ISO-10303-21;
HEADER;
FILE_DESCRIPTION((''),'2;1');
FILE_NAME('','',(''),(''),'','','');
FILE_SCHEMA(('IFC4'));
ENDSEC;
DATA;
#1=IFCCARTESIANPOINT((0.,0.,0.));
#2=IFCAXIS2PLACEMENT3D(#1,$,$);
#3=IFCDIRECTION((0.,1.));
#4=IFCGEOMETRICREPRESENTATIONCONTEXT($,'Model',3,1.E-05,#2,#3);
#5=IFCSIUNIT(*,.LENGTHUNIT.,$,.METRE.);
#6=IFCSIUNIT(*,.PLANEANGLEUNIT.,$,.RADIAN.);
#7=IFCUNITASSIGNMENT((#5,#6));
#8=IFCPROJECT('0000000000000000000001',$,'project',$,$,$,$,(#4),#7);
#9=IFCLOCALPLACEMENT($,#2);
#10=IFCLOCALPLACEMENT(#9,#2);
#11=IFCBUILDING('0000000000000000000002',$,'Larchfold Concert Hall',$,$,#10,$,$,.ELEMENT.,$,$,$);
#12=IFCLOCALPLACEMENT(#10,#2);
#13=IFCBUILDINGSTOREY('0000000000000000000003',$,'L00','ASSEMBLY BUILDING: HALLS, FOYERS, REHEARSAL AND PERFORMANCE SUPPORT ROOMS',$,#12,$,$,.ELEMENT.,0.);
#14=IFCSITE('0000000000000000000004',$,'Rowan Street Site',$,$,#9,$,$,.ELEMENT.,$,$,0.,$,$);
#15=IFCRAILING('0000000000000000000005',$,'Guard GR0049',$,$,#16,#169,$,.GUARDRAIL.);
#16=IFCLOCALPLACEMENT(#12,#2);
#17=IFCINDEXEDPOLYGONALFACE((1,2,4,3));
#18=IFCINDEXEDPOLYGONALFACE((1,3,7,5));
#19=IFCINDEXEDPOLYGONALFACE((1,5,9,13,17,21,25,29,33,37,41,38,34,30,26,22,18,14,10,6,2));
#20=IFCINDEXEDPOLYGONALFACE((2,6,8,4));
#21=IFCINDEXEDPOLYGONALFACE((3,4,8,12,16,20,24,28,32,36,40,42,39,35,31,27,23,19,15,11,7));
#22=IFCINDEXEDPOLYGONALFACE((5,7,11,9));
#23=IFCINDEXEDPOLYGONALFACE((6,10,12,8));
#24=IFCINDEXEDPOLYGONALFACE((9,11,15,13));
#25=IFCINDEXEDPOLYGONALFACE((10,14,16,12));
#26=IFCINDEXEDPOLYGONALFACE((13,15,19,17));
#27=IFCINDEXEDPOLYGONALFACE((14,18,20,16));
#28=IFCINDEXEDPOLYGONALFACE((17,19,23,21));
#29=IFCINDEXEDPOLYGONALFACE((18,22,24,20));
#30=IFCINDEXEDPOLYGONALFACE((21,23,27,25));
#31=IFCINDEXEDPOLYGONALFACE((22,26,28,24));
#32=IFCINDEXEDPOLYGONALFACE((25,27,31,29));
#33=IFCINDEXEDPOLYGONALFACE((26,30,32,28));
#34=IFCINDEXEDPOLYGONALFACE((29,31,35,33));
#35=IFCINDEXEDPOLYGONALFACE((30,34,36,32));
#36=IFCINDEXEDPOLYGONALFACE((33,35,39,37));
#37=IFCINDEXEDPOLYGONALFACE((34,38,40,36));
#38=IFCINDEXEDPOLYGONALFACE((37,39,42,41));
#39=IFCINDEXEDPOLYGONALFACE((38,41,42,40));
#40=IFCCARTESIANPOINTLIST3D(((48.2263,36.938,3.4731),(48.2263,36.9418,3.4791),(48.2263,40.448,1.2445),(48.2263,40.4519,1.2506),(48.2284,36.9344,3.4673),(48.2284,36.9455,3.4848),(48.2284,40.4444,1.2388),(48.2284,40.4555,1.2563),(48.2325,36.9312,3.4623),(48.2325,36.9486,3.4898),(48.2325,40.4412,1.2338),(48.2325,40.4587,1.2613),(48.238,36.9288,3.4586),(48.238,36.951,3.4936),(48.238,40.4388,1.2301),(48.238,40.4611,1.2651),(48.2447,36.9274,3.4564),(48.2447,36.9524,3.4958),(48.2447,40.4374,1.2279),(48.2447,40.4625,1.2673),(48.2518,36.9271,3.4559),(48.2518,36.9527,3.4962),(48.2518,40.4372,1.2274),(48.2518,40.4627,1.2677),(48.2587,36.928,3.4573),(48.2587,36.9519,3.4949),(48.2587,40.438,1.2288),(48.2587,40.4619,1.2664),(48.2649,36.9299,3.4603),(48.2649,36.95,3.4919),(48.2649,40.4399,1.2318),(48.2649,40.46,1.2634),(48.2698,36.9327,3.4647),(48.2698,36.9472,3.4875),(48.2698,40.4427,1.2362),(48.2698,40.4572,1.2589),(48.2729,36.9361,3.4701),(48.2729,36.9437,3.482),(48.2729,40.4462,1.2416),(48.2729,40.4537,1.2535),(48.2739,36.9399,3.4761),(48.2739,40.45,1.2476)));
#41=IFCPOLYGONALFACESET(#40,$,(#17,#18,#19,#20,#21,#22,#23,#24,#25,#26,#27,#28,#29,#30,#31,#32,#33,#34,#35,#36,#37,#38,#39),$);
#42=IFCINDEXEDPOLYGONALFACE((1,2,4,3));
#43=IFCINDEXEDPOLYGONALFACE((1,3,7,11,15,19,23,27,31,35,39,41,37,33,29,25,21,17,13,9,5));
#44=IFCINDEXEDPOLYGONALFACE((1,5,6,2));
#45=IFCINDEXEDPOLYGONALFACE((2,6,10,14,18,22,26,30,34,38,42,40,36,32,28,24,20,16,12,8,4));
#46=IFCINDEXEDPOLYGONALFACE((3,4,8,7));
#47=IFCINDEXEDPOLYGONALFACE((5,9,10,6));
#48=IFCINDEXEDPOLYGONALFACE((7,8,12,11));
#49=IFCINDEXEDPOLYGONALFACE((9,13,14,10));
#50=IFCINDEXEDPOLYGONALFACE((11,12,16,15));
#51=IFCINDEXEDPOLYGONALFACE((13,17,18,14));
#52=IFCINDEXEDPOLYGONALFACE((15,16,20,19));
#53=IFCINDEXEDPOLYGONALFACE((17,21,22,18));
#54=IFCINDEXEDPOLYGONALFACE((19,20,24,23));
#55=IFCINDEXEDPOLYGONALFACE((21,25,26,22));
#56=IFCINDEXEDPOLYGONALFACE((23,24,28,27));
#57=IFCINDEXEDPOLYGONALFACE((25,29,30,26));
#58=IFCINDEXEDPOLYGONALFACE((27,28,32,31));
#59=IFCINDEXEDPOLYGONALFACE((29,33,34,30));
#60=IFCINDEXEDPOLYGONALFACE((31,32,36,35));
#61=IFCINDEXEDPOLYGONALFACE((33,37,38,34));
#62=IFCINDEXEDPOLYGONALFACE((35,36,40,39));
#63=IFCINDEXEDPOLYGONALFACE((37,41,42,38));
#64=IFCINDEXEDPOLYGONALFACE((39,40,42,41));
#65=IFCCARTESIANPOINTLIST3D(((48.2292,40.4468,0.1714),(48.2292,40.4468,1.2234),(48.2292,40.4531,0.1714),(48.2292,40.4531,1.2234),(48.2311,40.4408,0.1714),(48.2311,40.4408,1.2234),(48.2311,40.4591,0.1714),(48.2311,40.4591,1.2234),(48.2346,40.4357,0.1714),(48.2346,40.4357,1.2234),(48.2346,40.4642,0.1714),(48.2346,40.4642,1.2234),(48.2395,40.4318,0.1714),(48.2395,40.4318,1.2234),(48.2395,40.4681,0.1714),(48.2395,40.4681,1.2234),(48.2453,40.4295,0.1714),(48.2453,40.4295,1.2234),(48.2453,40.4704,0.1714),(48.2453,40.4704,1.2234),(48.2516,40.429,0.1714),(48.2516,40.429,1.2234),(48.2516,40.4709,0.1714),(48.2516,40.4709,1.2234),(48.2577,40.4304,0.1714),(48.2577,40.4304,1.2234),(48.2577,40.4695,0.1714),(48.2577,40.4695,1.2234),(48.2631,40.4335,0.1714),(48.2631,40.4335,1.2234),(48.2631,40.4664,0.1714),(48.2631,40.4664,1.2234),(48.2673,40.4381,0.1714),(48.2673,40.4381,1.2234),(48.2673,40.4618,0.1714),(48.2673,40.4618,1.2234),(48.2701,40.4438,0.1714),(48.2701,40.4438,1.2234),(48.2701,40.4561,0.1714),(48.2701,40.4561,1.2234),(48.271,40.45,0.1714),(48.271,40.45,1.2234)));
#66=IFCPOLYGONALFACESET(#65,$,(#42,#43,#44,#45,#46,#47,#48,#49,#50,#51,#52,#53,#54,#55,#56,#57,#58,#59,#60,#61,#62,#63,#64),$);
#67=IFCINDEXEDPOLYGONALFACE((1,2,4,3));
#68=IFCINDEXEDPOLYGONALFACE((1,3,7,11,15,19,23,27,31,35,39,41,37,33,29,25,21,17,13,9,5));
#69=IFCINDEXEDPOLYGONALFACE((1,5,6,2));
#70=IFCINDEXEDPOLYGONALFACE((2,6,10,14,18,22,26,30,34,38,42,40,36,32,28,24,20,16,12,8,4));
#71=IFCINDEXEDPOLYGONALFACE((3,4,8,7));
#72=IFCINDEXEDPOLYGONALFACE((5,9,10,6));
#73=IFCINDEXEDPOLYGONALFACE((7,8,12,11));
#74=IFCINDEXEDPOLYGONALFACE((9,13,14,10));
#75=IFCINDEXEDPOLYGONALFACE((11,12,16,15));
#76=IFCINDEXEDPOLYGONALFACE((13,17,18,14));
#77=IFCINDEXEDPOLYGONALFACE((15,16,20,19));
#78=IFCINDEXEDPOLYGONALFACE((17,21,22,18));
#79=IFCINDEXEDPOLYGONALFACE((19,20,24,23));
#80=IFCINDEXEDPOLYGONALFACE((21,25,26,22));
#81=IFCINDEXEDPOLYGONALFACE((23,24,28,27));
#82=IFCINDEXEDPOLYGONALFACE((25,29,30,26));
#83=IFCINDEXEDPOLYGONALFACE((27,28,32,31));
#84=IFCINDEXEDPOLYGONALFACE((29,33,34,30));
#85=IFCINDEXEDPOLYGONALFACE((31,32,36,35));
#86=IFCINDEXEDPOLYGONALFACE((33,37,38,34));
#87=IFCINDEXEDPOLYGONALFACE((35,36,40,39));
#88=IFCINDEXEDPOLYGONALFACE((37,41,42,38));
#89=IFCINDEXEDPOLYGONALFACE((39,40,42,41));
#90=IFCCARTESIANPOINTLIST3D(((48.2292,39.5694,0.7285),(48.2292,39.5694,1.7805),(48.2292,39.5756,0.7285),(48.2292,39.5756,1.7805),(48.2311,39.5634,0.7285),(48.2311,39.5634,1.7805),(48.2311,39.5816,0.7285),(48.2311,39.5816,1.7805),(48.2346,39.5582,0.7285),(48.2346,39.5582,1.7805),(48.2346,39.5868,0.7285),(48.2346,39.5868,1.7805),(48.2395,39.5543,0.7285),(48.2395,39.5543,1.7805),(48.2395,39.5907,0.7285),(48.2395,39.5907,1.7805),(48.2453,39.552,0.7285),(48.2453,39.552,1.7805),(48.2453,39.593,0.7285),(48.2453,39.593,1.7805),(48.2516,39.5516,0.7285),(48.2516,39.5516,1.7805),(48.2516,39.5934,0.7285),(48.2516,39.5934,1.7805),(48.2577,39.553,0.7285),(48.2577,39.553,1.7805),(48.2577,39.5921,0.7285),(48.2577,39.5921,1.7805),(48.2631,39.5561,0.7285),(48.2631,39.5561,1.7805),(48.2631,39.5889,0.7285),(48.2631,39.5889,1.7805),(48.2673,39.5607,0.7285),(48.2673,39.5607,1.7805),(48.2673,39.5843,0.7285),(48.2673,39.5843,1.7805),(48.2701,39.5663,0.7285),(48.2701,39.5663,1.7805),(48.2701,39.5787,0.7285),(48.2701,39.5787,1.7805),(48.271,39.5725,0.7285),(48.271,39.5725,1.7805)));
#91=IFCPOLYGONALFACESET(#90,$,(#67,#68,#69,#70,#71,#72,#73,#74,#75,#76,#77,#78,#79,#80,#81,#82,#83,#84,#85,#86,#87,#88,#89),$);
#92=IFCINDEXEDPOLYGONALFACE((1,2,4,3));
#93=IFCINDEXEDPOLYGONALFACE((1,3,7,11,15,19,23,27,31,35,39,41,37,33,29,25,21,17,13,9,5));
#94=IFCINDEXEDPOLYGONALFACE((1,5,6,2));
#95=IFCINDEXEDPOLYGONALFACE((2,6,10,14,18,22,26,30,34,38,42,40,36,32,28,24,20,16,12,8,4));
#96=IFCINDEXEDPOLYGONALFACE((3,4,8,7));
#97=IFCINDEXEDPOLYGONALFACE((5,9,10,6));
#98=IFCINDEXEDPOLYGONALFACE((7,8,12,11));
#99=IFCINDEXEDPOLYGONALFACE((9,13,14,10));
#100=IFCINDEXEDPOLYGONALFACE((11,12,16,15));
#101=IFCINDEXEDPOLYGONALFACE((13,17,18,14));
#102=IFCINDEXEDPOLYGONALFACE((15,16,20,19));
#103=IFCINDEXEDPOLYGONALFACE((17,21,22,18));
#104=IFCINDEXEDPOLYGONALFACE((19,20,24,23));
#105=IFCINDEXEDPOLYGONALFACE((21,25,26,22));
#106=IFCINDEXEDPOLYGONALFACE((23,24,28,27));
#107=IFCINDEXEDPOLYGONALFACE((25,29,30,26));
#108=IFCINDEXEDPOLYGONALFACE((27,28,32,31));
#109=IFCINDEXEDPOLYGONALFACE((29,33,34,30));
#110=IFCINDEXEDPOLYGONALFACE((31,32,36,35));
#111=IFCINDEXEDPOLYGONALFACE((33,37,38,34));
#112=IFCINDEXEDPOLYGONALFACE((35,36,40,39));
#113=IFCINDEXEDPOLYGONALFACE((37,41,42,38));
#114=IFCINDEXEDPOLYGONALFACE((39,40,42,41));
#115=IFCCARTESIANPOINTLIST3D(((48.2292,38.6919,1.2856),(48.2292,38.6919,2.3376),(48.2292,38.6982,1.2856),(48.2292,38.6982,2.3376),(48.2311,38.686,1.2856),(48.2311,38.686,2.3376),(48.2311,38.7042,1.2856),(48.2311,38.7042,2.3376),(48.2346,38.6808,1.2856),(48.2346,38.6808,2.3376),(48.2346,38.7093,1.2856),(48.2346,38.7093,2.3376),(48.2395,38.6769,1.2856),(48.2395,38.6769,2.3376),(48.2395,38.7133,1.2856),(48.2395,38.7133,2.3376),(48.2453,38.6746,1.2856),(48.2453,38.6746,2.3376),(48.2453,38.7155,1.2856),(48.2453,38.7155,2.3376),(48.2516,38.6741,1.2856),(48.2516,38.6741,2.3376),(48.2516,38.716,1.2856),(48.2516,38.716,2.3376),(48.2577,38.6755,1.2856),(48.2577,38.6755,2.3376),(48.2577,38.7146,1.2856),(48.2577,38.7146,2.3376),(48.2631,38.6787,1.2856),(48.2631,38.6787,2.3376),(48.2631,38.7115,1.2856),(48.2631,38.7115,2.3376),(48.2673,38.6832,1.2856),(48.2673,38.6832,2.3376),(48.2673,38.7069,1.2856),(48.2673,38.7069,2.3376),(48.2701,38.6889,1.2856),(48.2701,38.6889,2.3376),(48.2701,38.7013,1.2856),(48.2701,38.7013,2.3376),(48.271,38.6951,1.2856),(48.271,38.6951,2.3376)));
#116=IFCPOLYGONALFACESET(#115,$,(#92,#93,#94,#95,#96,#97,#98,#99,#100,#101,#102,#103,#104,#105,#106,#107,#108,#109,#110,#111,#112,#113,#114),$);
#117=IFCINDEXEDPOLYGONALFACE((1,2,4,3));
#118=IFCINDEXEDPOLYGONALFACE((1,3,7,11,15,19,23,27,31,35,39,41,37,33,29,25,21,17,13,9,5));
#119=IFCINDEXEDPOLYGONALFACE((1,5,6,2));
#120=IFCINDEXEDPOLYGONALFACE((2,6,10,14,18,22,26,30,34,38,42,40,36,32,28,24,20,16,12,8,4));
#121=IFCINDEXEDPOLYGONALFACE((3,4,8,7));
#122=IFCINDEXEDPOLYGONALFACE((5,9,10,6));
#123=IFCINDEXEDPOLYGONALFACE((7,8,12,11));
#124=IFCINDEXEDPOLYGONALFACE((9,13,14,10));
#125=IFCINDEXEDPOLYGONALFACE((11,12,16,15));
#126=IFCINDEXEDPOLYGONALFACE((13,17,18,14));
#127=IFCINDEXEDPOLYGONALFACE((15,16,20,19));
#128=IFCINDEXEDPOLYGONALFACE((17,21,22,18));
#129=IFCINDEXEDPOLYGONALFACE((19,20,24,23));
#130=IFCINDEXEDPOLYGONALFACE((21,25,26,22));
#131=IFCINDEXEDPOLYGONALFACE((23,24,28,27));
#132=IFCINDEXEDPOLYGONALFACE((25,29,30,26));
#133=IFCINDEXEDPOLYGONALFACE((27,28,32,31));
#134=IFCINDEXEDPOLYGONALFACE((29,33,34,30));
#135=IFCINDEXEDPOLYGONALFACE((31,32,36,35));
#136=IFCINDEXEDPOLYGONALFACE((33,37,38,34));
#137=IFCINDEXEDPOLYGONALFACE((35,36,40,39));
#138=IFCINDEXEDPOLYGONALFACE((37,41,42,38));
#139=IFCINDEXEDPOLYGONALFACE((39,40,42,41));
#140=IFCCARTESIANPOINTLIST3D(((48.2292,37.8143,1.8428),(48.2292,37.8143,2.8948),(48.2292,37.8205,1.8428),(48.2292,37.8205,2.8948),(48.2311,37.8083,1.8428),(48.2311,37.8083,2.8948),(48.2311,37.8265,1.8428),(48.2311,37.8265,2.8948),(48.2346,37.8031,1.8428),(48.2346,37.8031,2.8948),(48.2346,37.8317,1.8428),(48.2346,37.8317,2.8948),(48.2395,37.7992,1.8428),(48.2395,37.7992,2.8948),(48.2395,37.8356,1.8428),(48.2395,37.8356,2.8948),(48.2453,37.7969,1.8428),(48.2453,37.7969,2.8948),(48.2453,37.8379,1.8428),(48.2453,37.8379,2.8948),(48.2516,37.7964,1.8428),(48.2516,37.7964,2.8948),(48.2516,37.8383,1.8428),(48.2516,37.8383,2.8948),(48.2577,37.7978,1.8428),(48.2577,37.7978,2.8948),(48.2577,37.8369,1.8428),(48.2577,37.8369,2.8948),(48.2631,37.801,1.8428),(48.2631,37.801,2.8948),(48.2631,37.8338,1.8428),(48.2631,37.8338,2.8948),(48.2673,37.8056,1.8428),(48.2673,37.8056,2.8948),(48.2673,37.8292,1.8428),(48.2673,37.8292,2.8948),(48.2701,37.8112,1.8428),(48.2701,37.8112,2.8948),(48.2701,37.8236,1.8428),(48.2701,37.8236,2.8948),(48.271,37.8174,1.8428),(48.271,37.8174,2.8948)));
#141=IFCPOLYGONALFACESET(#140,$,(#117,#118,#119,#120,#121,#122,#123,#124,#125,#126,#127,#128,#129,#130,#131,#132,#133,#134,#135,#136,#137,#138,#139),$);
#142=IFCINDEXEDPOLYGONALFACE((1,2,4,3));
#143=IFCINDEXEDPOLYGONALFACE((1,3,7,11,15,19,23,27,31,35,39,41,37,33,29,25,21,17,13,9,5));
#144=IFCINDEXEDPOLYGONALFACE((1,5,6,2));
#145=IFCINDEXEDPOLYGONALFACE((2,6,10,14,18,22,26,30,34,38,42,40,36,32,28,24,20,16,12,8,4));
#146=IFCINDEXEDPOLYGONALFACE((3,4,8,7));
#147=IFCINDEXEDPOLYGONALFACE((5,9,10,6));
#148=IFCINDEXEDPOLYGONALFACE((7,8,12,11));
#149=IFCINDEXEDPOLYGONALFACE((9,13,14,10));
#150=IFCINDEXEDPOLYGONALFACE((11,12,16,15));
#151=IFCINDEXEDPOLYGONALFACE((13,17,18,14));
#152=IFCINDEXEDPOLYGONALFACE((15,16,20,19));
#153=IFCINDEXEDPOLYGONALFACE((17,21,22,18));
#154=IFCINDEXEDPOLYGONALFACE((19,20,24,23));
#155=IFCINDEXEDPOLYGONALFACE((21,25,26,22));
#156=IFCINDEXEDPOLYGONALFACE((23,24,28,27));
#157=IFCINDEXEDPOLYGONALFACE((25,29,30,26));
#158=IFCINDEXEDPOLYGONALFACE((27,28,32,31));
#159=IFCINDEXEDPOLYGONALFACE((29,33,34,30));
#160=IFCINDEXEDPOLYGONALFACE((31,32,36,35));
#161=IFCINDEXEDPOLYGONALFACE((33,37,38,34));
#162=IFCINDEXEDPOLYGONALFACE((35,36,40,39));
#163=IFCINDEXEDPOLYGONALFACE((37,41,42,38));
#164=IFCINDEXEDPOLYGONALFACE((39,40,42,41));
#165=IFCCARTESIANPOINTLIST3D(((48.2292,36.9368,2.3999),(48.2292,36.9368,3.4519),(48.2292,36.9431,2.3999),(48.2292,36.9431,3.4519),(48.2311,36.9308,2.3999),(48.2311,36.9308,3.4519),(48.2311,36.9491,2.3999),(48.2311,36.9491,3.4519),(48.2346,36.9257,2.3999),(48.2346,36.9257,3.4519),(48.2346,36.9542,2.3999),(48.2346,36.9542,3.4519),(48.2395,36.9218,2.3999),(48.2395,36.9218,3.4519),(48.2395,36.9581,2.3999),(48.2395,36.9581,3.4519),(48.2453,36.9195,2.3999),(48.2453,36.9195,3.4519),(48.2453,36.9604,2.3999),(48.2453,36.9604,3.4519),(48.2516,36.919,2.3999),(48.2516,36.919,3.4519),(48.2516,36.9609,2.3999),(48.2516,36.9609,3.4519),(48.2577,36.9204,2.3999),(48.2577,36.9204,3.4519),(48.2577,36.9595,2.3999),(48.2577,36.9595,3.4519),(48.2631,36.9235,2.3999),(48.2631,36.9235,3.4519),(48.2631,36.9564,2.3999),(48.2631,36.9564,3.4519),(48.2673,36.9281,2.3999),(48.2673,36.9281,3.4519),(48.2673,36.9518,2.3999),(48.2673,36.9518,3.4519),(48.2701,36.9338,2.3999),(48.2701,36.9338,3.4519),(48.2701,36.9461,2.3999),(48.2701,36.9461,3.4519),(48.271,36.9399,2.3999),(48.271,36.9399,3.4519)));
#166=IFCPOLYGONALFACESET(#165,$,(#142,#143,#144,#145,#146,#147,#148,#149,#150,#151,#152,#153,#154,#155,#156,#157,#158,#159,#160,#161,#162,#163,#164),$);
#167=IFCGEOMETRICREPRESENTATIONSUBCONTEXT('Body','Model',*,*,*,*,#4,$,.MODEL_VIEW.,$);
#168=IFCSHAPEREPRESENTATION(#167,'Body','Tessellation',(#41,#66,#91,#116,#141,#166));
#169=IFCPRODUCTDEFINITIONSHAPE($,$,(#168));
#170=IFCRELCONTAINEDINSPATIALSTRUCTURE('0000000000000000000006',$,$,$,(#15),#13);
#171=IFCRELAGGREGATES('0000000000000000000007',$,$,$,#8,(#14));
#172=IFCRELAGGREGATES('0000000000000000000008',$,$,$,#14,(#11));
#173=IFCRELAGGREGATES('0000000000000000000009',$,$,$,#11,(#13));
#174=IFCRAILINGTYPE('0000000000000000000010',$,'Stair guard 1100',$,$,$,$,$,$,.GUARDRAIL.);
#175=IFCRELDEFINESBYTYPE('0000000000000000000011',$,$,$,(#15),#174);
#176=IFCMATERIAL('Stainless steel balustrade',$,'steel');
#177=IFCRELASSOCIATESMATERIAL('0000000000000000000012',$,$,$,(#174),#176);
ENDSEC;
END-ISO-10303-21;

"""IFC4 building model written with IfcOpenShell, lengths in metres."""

from ifc_helpers import new_model, si_unit, direction, frame, origin, origin_2d, place, context, subcontext, project, spatial, circle, extrude, material, type_object, element, save


model = new_model("IFC4")

# Units and contexts
model_context = context("Model", 3, precision=1e-05, world=origin(), true_north=direction((0.0, 1.0)))
body_context = subcontext(model_context, "Body", "Model", "MODEL_VIEW")
ifc_project = project(units=[si_unit("LENGTHUNIT", "METRE"), si_unit("PLANEANGLEUNIT", "RADIAN")], contexts=[model_context])

# Site, building, storey
site_placement = place(None, origin())
site = spatial("IfcSite", under=ifc_project, at=site_placement, Name="Rowan Street Site", CompositionType="ELEMENT", RefElevation=0.0)
building_placement = place(site_placement, origin())
building = spatial("IfcBuilding", under=site, at=building_placement, Name="Larchfold Concert Hall", CompositionType="ELEMENT")
storey_placement = place(building_placement, origin())
storey = spatial("IfcBuildingStorey", under=building, at=storey_placement, Name="L00", Description="ASSEMBLY BUILDING: HALLS, FOYERS, REHEARSAL AND PERFORMANCE SUPPORT ROOMS", CompositionType="ELEMENT", Elevation=0.0)

# Railing
ifc_material_1 = material(Name="Stainless steel balustrade", Category="steel")
railing_type_1 = type_object("IfcRailingType", Name="Stair guard 1100", PredefinedType="GUARDRAIL", material=ifc_material_1)
railing_1_placement = place(storey_placement, frame((48.25, 40.45, 0.1714)))
element("IfcRailing", 1, at=railing_1_placement, inside=storey, type_object=railing_type_1, Name="Guard GR0049", PredefinedType="GUARDRAIL", context=body_context, shape_type="SweptSolid", body=[
    extrude(circle(Radius=0.0239, at=origin_2d()), frame((0.0, 0.0, 1.0762), z_axis=(0.0, -0.84422, 0.535998), x_axis=(1.0, 0.0, 0.0)), (0.0, 0.0, 1.0), 4.1577),
    extrude(circle(Radius=0.021, at=origin_2d()), origin(), (0.0, 0.0, 1.0), 1.052),
    extrude(circle(Radius=0.021, at=origin_2d()), frame((0.0, -0.8774, 0.5571)), (0.0, 0.0, 1.0), 1.052),
    extrude(circle(Radius=0.021, at=origin_2d()), frame((0.0, -1.7549, 1.1143)), (0.0, 0.0, 1.0), 1.052),
    extrude(circle(Radius=0.021, at=origin_2d()), frame((0.0, -2.6326, 1.6714)), (0.0, 0.0, 1.0), 1.052),
    extrude(circle(Radius=0.021, at=origin_2d()), frame((0.0, -3.51, 2.2285)), (0.0, 0.0, 1.0), 1.052),
])

save(model, "model.ifc")
